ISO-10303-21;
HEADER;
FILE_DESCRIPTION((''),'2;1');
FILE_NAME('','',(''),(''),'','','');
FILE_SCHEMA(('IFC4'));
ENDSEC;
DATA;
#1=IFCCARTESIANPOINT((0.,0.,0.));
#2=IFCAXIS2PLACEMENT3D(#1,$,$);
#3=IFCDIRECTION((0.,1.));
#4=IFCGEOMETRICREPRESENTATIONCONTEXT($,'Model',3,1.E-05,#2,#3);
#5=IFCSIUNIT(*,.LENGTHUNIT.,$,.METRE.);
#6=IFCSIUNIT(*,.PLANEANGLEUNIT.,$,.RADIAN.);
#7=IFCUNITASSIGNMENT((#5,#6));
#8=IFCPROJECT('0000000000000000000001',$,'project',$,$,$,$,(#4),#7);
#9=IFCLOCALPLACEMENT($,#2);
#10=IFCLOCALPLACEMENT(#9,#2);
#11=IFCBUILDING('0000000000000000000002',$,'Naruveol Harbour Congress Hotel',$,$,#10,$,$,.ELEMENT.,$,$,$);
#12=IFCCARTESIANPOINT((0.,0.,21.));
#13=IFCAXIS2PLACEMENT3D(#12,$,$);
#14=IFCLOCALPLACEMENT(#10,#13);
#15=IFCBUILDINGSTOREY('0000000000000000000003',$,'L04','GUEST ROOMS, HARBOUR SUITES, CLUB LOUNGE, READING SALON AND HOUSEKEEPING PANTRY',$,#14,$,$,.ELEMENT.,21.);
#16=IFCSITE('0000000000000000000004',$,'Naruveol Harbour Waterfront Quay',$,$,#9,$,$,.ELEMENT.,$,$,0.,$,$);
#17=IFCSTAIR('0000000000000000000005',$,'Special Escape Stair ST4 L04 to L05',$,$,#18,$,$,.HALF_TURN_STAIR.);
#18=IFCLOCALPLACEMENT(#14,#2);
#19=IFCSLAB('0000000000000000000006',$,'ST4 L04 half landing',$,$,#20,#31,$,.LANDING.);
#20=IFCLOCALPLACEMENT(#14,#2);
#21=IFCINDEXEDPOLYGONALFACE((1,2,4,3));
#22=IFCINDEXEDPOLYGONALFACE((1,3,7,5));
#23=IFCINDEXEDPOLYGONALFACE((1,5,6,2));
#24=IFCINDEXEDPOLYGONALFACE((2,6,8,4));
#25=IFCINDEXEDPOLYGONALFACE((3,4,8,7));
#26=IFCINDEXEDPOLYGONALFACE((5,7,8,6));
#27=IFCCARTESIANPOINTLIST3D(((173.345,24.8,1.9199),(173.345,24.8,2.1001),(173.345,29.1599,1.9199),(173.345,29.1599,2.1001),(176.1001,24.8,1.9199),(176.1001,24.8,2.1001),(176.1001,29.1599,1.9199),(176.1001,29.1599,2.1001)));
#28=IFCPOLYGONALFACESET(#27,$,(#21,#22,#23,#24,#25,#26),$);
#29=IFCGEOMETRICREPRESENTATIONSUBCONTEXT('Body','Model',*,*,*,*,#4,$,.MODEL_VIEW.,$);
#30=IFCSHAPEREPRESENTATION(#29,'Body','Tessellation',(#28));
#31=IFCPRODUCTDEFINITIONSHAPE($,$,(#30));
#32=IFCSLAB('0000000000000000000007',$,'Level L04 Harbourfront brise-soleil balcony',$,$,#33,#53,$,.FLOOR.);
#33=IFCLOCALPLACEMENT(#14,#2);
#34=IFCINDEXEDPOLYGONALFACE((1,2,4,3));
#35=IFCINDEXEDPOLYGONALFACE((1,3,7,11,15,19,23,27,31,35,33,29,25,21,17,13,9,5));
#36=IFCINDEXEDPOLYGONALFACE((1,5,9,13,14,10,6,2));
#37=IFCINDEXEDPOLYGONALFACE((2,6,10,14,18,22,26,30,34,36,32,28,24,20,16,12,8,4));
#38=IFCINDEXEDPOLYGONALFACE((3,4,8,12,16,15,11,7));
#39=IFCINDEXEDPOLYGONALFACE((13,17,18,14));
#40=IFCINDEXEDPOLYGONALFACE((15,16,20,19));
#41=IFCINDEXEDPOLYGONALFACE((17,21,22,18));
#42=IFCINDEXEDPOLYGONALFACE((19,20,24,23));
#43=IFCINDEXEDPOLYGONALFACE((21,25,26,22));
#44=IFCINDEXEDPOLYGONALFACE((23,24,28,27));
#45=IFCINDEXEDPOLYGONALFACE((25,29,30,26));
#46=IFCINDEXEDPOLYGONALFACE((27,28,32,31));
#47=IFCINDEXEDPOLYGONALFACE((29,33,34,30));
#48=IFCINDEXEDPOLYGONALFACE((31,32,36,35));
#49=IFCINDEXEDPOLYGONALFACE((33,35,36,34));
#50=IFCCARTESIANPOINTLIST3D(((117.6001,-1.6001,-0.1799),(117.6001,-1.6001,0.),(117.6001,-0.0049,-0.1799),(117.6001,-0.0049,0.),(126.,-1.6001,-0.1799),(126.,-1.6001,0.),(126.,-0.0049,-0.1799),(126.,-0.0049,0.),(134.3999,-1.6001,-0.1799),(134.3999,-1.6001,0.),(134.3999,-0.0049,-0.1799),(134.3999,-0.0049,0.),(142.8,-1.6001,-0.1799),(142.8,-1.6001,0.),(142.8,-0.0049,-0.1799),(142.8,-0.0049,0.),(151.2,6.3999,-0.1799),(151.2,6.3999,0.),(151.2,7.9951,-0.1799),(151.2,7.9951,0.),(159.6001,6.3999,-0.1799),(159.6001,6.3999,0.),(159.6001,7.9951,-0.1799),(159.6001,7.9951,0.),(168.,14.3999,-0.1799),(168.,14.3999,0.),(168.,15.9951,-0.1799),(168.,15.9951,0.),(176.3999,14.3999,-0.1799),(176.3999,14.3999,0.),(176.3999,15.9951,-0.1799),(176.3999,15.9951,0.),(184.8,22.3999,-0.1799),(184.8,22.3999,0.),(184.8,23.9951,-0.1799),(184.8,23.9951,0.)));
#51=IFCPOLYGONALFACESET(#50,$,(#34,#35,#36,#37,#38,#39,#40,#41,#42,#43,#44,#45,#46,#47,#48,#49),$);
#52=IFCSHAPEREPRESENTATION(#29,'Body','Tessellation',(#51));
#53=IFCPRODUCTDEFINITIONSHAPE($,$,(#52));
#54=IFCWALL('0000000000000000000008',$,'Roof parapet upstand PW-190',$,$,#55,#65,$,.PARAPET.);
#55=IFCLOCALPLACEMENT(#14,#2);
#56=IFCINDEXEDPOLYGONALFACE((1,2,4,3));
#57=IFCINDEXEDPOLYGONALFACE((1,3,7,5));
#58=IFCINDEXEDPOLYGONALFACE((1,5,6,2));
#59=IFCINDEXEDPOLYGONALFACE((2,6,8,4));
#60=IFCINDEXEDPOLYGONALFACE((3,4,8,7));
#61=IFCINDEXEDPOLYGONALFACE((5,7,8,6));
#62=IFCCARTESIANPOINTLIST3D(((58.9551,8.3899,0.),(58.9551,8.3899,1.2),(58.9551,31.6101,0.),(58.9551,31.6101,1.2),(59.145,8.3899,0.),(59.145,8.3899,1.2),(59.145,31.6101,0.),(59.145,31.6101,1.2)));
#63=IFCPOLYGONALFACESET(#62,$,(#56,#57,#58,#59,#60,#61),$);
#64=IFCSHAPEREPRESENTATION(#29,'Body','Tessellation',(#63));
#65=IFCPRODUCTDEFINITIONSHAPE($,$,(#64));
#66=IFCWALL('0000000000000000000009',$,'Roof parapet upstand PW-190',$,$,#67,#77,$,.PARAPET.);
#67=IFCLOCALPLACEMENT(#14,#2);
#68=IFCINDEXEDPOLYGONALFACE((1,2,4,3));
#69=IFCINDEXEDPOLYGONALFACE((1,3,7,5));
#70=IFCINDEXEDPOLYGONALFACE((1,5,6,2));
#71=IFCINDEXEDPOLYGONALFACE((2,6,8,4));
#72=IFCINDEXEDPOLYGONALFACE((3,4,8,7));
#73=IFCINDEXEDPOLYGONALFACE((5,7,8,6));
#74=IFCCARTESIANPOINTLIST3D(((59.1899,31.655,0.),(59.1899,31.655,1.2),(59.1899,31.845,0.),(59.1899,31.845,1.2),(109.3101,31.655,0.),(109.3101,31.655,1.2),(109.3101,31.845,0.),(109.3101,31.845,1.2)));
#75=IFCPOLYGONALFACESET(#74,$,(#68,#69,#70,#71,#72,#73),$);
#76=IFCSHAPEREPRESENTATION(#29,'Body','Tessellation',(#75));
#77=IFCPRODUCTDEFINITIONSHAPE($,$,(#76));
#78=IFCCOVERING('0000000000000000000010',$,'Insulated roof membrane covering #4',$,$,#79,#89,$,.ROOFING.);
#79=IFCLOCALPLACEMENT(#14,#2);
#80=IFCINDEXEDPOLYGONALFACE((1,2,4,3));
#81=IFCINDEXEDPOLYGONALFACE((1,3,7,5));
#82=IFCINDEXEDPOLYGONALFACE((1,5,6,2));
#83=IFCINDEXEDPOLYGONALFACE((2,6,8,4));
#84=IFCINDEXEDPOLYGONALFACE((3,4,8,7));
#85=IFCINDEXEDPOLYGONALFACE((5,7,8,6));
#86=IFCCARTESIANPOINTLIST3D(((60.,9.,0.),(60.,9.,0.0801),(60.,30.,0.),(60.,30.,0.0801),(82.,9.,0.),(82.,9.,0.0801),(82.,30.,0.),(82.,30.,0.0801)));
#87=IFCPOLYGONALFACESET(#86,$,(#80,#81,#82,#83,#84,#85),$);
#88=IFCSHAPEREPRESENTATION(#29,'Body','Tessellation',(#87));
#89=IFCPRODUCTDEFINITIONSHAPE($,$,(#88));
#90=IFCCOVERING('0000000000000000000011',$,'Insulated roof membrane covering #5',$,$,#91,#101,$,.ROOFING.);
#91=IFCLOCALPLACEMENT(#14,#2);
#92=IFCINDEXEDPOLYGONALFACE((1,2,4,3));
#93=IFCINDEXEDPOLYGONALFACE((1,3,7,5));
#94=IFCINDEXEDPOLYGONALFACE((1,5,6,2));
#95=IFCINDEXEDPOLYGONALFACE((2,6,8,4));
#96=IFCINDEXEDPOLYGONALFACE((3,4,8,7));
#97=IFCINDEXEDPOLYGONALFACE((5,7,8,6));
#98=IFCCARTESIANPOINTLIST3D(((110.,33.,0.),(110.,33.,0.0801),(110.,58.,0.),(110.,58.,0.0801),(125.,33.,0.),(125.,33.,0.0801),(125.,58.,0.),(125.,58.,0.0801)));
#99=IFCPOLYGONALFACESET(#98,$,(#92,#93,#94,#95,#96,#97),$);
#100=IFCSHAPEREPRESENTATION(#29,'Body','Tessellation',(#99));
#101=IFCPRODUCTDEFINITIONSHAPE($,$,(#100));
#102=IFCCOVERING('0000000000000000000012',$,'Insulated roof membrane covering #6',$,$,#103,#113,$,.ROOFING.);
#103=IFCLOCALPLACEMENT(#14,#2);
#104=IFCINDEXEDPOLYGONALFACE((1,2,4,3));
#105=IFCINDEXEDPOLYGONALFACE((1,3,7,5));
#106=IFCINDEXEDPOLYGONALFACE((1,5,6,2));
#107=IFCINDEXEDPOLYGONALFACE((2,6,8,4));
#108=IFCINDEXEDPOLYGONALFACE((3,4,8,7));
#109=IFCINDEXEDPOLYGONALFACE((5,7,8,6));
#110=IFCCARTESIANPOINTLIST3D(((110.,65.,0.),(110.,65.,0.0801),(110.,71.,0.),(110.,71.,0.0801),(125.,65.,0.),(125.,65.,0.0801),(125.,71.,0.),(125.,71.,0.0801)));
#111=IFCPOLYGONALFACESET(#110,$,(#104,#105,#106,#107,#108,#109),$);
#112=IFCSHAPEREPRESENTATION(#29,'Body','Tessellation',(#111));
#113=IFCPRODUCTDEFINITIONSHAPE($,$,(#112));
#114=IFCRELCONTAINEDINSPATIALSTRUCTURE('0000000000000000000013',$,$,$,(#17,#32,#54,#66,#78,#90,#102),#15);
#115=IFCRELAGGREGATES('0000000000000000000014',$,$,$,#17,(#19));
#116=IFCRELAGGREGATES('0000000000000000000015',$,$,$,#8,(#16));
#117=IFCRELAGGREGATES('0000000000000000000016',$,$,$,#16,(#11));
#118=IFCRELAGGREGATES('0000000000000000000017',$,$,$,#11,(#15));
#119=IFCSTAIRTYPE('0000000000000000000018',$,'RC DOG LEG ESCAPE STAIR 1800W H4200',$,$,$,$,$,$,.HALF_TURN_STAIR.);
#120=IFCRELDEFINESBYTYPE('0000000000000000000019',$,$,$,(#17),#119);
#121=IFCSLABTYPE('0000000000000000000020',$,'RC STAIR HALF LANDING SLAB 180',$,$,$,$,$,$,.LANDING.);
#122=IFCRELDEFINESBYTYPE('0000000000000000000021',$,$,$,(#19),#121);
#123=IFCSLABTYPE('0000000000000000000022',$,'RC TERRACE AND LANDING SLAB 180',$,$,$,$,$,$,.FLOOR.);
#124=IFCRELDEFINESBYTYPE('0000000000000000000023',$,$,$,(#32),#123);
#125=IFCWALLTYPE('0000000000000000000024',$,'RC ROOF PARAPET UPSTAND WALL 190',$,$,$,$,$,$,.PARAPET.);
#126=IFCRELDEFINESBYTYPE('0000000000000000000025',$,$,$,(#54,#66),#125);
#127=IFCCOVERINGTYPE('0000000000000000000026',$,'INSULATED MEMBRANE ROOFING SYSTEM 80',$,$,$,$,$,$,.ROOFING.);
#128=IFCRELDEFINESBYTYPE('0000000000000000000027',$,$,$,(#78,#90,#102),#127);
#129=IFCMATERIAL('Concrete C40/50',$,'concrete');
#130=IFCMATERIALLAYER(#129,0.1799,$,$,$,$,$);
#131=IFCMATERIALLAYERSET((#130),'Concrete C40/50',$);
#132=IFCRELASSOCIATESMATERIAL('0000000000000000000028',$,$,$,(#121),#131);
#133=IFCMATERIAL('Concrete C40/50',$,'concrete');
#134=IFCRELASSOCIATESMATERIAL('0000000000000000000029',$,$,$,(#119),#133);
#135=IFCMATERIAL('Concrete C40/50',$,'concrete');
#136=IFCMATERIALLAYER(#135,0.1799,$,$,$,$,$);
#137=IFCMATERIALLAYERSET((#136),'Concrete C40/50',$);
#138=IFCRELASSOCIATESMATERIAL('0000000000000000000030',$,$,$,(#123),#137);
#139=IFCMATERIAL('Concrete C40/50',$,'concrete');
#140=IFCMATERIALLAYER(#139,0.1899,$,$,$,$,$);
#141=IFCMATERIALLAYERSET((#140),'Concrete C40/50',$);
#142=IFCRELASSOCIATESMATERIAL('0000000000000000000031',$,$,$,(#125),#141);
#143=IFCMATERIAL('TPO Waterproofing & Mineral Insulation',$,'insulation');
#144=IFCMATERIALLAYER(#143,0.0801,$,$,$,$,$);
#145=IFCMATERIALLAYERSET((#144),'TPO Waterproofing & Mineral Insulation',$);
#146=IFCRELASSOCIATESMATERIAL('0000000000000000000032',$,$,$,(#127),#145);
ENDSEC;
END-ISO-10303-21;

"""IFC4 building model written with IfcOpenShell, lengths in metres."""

from ifc_helpers import new_model, si_unit, direction, frame, frame_2d, origin, place, context, subcontext, project, spatial, polyline, rectangle, outline, extrude, material, layer, layer_set, type_object, element, aggregate, save


model = new_model("IFC4")

# Units and contexts
model_context = context("Model", 3, precision=1e-05, world=origin(), true_north=direction((0.0, 1.0)))
body_context = subcontext(model_context, "Body", "Model", "MODEL_VIEW")
ifc_project = project(units=[si_unit("LENGTHUNIT", "METRE"), si_unit("PLANEANGLEUNIT", "RADIAN")], contexts=[model_context])

# Site, building, storey
site_placement = place(None, origin())
site = spatial("IfcSite", under=ifc_project, at=site_placement, Name="Naruveol Harbour Waterfront Quay", CompositionType="ELEMENT", RefElevation=0.0)
building_placement = place(site_placement, origin())
building = spatial("IfcBuilding", under=site, at=building_placement, Name="Naruveol Harbour Congress Hotel", CompositionType="ELEMENT")
storey_placement = place(building_placement, frame((0.0, 0.0, 21.0)))
storey = spatial("IfcBuildingStorey", under=building, at=storey_placement, Name="L04", Description="GUEST ROOMS, HARBOUR SUITES, CLUB LOUNGE, READING SALON AND HOUSEKEEPING PANTRY", CompositionType="ELEMENT", Elevation=21.0)

# Shared definitions
ifc_material_1 = material(Name="Concrete C40/50", Category="concrete")
ifc_layer_1 = layer(ifc_material_1, 0.1799)
ifc_layer_set_1 = layer_set([ifc_layer_1], Name="Concrete C40/50")
slab_type_1 = type_object("IfcSlabType", Name="RC STAIR HALF LANDING SLAB 180", PredefinedType="LANDING", material=ifc_layer_set_1)

# Shared definitions
ifc_material_2 = material(Name="Concrete C40/50", Category="concrete")
stair_type = type_object("IfcStairType", Name="RC DOG LEG ESCAPE STAIR 1800W H4200", PredefinedType="HALF_TURN_STAIR", material=ifc_material_2)

# Stair, slab
stair_1_placement = place(storey_placement, origin())
stair_1 = element("IfcStair", 1, at=stair_1_placement, inside=storey, type_object=stair_type, Name="Special Escape Stair ST4 L04 to L05", PredefinedType="HALF_TURN_STAIR")
slab_1_placement = place(storey_placement, frame((0.0, 0.0, 1.9199)))
slab_1 = element("IfcSlab", 2, at=slab_1_placement, type_object=slab_type_1, Name="ST4 L04 half landing", PredefinedType="LANDING", context=body_context, shape_type="SweptSolid", body=[
    extrude(outline(polyline([(173.345, 24.8), (176.1001, 24.8), (176.1001, 29.1599), (173.345, 29.1599), (173.345, 24.8)])), origin(), (0.0, 0.0, 1.0), 0.1802),
])
aggregate(stair_1, [slab_1])

# Slab
ifc_material_3 = material(Name="Concrete C40/50", Category="concrete")
ifc_layer_2 = layer(ifc_material_3, 0.1799)
ifc_layer_set_2 = layer_set([ifc_layer_2], Name="Concrete C40/50")
slab_type_2 = type_object("IfcSlabType", Name="RC TERRACE AND LANDING SLAB 180", PredefinedType="FLOOR", material=ifc_layer_set_2)
slab_2_placement = place(storey_placement, frame((0.0, 0.0, -0.1799)))
element("IfcSlab", 3, at=slab_2_placement, inside=storey, type_object=slab_type_2, Name="Level L04 Harbourfront brise-soleil balcony", PredefinedType="FLOOR", context=body_context, shape_type="SweptSolid", body=[
    extrude(outline(polyline([(117.6001, -1.6001), (126.0, -1.6001), (134.3999, -1.6001), (142.8, -1.6001), (151.2, 6.3999), (159.6001, 6.3999), (168.0, 14.3999), (176.3999, 14.3999), (184.8, 22.3999), (184.8, 23.9951), (176.3999, 15.9951), (168.0, 15.9951), (159.6001, 7.9951), (151.2, 7.9951), (142.8, -0.0049), (134.3999, -0.0049), (126.0, -0.0049), (117.6001, -0.0049), (117.6001, -1.6001)])), origin(), (0.0, 0.0, 1.0), 0.1799),
])

# Walls
ifc_material_4 = material(Name="Concrete C40/50", Category="concrete")
ifc_layer_3 = layer(ifc_material_4, 0.1899)
ifc_layer_set_3 = layer_set([ifc_layer_3], Name="Concrete C40/50")
wall_type = type_object("IfcWallType", Name="RC ROOF PARAPET UPSTAND WALL 190", PredefinedType="PARAPET", material=ifc_layer_set_3)
wall_1_placement = place(storey_placement, frame((59.05, 8.3899, 0.0), z_axis=(0.0, 0.0, 1.0), x_axis=(0.0, 1.0, 0.0)))
element("IfcWall", 4, at=wall_1_placement, inside=storey, type_object=wall_type, Name="Roof parapet upstand PW-190", PredefinedType="PARAPET", context=body_context, shape_type="SweptSolid", body=[
    extrude(rectangle(XDim=23.2202, YDim=0.1899, at=frame_2d((11.6101, 0.0))), origin(), (0.0, 0.0, 1.0), 1.2),
])
wall_2_placement = place(storey_placement, frame((59.1899, 31.75, 0.0), z_axis=(0.0, 0.0, 1.0), x_axis=(1.0, 0.0, 0.0)))
element("IfcWall", 5, at=wall_2_placement, inside=storey, type_object=wall_type, Name="Roof parapet upstand PW-190", PredefinedType="PARAPET", context=body_context, shape_type="SweptSolid", body=[
    extrude(rectangle(XDim=50.1201, YDim=0.1899, at=frame_2d((25.0601, 0.0))), origin(), (0.0, 0.0, 1.0), 1.2),
])

# Coverings
ifc_material_5 = material(Name="TPO Waterproofing & Mineral Insulation", Category="insulation")
ifc_layer_4 = layer(ifc_material_5, 0.0801)
ifc_layer_set_4 = layer_set([ifc_layer_4], Name="TPO Waterproofing & Mineral Insulation")
covering_type = type_object("IfcCoveringType", Name="INSULATED MEMBRANE ROOFING SYSTEM 80", PredefinedType="ROOFING", material=ifc_layer_set_4)
covering_1_placement = place(storey_placement, origin())
element("IfcCovering", 6, at=covering_1_placement, inside=storey, type_object=covering_type, Name="Insulated roof membrane covering #4", PredefinedType="ROOFING", context=body_context, shape_type="SweptSolid", body=[
    extrude(outline(polyline([(60.0, 9.0), (82.0, 9.0), (82.0, 30.0), (60.0, 30.0), (60.0, 9.0)])), origin(), (0.0, 0.0, 1.0), 0.0801),
])
covering_2_placement = place(storey_placement, origin())
element("IfcCovering", 7, at=covering_2_placement, inside=storey, type_object=covering_type, Name="Insulated roof membrane covering #5", PredefinedType="ROOFING", context=body_context, shape_type="SweptSolid", body=[
    extrude(outline(polyline([(110.0, 33.0), (125.0, 33.0), (125.0, 58.0), (110.0, 58.0), (110.0, 33.0)])), origin(), (0.0, 0.0, 1.0), 0.0801),
])
covering_3_placement = place(storey_placement, origin())
element("IfcCovering", 8, at=covering_3_placement, inside=storey, type_object=covering_type, Name="Insulated roof membrane covering #6", PredefinedType="ROOFING", context=body_context, shape_type="SweptSolid", body=[
    extrude(outline(polyline([(110.0, 65.0), (125.0, 65.0), (125.0, 71.0), (110.0, 71.0), (110.0, 65.0)])), origin(), (0.0, 0.0, 1.0), 0.0801),
])

save(model, "model.ifc")
